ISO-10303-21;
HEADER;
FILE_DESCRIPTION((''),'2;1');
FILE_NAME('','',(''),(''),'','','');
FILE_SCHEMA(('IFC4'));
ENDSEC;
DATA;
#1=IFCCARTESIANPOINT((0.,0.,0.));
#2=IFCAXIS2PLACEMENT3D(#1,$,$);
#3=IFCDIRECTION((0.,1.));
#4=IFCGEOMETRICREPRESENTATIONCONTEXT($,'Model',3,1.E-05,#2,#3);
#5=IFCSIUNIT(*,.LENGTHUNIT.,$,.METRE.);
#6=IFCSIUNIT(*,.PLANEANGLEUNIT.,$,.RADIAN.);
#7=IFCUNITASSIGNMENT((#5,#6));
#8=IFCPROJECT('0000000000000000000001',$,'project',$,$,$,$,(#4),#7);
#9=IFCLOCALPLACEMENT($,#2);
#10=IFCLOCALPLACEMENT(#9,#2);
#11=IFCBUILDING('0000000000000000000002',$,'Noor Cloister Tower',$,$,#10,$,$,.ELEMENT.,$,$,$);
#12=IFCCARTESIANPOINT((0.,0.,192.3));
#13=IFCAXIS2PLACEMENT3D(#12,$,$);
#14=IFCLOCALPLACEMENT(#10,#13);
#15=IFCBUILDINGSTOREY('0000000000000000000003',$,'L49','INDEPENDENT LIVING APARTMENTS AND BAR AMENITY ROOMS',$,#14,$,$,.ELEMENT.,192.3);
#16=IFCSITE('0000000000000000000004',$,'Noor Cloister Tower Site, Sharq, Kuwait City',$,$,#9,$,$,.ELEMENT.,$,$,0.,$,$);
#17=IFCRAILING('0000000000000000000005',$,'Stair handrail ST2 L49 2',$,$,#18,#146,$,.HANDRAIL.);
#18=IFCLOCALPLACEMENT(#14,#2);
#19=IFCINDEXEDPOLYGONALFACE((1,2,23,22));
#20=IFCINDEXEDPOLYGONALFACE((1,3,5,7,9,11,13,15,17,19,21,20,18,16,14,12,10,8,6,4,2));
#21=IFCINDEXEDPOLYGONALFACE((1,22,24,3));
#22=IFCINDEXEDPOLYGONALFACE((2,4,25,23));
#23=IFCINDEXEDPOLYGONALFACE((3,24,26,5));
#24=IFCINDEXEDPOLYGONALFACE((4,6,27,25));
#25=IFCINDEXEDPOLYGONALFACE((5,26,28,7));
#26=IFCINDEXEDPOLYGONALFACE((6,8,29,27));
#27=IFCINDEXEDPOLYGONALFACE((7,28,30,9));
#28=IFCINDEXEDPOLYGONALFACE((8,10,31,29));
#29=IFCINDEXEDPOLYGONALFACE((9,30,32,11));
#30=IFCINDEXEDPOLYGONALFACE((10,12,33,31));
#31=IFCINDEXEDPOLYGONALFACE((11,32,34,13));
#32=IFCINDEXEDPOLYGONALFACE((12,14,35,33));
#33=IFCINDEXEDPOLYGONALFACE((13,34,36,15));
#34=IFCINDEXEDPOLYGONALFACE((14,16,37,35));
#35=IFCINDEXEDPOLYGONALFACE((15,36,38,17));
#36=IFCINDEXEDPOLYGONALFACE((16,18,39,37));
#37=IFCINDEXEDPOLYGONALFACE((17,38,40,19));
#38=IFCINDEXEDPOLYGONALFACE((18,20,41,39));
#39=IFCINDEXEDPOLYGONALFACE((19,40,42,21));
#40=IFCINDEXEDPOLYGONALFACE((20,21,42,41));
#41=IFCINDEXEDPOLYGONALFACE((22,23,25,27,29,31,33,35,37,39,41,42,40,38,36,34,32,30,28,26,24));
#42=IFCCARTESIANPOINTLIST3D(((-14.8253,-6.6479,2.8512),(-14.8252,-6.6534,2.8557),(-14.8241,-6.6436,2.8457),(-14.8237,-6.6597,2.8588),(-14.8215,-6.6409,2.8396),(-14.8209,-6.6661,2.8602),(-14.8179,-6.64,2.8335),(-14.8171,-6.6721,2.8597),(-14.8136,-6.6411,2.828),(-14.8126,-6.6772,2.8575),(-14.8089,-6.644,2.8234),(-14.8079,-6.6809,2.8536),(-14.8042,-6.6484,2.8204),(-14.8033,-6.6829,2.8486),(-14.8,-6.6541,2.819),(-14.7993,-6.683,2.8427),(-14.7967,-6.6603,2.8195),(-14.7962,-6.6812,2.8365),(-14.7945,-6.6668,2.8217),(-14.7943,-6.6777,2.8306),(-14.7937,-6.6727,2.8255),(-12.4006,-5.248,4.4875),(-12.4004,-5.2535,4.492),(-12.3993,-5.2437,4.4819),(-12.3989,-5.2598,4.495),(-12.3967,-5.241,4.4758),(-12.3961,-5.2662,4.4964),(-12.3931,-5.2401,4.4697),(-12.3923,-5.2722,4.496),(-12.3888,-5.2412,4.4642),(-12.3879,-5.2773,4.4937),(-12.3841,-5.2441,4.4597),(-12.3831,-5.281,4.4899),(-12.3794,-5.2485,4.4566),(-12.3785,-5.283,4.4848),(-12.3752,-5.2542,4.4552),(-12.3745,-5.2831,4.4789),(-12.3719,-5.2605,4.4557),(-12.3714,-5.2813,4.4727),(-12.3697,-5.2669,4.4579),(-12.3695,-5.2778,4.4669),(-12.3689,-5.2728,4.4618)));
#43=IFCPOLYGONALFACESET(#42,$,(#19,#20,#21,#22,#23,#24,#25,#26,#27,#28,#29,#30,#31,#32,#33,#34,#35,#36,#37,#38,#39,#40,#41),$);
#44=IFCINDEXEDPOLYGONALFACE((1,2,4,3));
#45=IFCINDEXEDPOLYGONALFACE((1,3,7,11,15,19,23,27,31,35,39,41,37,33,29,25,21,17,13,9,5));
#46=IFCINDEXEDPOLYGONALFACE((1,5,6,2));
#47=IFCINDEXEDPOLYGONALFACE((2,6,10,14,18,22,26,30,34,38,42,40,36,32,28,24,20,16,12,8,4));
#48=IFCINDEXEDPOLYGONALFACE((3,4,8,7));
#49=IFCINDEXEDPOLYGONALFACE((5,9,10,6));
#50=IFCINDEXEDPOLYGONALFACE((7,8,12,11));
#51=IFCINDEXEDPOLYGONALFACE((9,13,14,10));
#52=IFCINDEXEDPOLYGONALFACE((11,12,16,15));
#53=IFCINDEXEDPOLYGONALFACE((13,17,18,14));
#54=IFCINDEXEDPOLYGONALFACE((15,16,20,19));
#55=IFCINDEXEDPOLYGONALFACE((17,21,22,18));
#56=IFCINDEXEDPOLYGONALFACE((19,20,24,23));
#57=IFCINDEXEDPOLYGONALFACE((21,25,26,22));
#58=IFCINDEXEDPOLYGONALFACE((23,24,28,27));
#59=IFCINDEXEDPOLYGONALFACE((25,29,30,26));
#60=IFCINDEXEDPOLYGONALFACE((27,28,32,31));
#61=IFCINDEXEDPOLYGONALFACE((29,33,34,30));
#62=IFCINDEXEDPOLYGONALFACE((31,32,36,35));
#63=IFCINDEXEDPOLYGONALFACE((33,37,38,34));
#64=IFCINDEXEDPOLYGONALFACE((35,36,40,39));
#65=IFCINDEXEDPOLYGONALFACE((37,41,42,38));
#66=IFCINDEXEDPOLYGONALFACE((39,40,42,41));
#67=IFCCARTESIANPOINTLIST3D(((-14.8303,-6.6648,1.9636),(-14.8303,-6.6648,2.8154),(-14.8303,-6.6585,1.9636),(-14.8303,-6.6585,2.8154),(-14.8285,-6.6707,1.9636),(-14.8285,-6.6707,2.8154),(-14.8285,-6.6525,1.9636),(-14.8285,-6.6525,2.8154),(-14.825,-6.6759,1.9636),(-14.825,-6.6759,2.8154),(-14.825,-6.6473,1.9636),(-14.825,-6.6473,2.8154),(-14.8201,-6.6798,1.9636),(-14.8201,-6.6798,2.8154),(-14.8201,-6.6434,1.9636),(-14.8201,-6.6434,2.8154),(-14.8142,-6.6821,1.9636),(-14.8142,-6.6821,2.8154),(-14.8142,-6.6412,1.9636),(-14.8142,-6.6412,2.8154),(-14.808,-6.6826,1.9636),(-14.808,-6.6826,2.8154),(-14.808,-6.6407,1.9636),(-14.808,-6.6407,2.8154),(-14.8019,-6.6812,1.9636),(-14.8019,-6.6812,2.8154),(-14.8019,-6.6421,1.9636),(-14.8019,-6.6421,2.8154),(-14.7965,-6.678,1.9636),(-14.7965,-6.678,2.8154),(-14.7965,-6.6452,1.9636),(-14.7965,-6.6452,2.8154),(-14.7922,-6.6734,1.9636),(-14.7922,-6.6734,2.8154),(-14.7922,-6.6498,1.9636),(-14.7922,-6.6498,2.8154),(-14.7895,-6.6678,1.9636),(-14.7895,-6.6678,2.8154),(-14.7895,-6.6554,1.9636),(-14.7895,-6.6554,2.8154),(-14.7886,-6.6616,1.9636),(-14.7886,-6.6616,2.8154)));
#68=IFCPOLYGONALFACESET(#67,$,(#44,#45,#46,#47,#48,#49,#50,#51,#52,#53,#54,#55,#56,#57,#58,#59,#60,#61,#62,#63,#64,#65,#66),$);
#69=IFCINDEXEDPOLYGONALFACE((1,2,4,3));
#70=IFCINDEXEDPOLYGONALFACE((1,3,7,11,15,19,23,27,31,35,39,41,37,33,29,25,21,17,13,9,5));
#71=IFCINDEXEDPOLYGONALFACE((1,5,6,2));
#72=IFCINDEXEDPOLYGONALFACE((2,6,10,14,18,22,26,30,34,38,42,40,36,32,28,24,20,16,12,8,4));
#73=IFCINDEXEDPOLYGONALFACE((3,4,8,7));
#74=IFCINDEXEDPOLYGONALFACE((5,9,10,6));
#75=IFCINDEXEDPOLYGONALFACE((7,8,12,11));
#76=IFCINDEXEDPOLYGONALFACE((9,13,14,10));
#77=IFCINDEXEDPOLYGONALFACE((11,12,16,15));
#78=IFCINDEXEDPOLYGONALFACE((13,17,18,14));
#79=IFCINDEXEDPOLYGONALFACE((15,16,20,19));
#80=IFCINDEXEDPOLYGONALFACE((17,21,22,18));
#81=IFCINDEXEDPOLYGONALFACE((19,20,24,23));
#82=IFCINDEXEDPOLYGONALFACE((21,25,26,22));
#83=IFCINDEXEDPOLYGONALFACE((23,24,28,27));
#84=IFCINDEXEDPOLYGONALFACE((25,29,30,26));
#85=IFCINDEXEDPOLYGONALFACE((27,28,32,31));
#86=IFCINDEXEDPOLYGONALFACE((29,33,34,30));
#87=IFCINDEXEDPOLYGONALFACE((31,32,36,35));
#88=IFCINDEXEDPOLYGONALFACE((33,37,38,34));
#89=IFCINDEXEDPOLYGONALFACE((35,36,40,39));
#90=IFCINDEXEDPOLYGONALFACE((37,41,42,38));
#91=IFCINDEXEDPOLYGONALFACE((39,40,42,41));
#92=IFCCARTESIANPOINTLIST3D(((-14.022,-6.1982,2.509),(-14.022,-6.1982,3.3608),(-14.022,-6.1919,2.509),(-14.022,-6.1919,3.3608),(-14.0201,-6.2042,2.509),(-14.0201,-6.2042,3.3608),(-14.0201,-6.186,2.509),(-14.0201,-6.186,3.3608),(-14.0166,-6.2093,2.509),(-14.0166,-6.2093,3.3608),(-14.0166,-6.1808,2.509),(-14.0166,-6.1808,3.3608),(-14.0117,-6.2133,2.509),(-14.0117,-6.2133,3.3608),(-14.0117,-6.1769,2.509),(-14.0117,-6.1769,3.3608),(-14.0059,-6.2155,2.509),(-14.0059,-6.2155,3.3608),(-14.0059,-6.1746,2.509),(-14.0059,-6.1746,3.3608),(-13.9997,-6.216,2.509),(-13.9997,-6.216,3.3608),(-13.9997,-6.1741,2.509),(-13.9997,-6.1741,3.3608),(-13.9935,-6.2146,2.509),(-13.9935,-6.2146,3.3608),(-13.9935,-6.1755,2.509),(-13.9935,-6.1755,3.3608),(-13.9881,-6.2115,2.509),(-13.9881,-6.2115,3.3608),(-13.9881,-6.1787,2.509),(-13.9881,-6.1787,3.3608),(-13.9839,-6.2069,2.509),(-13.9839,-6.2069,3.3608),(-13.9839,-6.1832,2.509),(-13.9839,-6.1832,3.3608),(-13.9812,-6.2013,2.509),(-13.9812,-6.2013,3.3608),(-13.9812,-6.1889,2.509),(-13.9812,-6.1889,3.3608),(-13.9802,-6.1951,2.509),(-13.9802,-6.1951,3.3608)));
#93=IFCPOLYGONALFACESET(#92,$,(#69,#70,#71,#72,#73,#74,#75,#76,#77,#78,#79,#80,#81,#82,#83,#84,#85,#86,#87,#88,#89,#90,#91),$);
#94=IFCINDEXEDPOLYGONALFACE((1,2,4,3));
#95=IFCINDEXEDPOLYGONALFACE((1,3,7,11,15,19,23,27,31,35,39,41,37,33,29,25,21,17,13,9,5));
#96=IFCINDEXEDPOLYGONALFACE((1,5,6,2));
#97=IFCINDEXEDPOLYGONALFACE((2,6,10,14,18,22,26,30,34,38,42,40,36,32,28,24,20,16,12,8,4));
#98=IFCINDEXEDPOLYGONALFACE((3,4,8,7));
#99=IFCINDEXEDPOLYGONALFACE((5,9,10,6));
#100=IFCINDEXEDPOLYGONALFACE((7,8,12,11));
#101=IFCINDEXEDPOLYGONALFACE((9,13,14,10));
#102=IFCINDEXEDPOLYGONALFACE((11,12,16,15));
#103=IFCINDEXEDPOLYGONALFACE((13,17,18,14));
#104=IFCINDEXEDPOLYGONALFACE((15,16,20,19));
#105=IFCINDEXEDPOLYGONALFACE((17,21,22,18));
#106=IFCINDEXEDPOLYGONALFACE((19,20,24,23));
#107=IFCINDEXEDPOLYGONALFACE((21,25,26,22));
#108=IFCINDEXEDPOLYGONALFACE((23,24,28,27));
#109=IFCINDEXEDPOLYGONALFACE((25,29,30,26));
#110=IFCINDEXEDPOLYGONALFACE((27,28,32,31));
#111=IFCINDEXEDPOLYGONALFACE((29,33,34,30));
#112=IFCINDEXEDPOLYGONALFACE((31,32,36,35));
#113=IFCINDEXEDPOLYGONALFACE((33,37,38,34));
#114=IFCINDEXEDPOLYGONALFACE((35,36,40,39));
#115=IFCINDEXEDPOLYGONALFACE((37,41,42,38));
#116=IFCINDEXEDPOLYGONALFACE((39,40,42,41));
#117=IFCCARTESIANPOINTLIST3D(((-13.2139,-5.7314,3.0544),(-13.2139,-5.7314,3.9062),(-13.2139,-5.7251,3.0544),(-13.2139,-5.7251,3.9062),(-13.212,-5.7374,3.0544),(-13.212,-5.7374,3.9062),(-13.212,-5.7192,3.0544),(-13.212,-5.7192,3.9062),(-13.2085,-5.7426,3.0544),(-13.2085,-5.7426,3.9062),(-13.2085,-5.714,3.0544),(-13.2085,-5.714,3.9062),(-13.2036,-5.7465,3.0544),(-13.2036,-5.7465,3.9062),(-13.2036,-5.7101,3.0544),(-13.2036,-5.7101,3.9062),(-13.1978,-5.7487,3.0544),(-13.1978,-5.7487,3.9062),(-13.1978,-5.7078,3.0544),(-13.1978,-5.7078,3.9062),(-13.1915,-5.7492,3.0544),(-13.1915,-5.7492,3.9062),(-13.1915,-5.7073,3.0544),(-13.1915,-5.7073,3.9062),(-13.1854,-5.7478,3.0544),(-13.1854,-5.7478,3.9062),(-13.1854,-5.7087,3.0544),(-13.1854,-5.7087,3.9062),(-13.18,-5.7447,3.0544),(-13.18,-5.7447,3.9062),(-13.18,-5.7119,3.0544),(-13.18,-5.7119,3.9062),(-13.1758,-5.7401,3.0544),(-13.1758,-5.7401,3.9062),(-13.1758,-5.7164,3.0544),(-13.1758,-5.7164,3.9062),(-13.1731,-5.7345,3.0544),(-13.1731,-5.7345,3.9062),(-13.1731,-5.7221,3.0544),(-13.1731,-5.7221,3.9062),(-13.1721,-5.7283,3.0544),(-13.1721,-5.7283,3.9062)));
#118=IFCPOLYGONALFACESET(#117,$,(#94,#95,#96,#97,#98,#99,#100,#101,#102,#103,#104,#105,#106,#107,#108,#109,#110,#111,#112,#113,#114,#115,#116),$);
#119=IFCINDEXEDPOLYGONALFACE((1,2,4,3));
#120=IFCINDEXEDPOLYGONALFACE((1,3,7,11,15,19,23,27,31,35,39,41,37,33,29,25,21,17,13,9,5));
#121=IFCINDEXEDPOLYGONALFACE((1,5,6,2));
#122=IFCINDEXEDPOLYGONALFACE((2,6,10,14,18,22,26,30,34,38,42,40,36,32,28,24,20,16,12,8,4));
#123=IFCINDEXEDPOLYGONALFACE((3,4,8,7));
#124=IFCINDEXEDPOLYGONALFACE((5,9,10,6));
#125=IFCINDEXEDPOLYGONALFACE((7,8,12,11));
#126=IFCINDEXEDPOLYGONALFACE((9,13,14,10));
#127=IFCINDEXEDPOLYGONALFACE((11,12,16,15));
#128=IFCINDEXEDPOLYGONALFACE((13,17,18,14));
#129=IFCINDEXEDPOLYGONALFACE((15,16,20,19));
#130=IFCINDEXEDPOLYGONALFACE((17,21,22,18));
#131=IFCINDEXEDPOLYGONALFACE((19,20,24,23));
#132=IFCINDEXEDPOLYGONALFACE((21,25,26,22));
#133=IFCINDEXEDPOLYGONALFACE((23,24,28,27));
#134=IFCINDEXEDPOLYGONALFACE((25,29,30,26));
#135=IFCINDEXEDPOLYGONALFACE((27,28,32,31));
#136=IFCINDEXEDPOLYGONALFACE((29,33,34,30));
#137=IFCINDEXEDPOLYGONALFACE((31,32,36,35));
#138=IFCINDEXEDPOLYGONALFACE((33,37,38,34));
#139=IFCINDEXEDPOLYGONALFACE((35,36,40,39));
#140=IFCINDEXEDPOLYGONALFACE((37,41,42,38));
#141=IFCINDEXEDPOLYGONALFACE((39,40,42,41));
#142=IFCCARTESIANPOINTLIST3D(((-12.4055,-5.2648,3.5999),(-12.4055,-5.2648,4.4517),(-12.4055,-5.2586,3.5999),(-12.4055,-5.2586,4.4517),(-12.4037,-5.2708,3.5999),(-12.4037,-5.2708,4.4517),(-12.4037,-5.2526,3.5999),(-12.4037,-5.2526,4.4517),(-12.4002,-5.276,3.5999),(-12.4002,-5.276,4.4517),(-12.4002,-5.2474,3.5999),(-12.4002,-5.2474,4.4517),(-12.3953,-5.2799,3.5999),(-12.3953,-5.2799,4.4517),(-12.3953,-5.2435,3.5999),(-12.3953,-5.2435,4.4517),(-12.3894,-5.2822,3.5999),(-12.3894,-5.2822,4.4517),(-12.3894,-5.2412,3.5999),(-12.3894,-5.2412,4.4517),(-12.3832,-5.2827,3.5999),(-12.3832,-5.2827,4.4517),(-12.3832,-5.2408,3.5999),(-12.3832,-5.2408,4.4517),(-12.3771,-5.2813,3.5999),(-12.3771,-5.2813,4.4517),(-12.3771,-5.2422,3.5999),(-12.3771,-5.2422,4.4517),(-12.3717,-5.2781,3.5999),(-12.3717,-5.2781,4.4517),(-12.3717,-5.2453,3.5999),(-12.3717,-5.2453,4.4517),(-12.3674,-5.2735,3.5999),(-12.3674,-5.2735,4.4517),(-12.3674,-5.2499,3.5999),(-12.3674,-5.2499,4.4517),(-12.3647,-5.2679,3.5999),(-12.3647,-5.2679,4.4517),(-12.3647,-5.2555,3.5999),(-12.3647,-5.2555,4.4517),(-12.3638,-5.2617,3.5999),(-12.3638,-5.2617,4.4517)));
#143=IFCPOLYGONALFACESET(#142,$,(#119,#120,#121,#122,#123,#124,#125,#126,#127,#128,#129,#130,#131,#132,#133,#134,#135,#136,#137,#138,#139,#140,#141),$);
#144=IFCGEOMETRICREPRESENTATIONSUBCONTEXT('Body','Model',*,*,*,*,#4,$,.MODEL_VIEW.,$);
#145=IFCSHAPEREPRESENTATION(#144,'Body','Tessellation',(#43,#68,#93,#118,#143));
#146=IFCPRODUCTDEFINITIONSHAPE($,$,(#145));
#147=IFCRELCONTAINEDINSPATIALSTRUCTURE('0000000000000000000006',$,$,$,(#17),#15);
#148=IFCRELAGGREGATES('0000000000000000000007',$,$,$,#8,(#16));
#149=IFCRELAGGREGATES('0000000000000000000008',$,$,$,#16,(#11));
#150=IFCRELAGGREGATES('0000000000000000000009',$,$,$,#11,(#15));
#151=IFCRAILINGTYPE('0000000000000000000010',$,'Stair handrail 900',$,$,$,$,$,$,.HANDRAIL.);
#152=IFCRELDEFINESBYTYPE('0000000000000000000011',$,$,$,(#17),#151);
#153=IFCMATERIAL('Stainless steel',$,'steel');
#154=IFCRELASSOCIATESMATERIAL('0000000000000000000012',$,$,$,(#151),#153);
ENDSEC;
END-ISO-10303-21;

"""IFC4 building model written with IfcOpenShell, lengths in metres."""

from ifc_helpers import new_model, si_unit, direction, frame, origin, origin_2d, place, context, subcontext, project, spatial, circle, extrude, material, type_object, element, save


model = new_model("IFC4")

# Units and contexts
model_context = context("Model", 3, precision=1e-05, world=origin(), true_north=direction((0.0, 1.0)))
body_context = subcontext(model_context, "Body", "Model", "MODEL_VIEW")
ifc_project = project(units=[si_unit("LENGTHUNIT", "METRE"), si_unit("PLANEANGLEUNIT", "RADIAN")], contexts=[model_context])

# Site, building, storey
site_placement = place(None, origin())
site = spatial("IfcSite", under=ifc_project, at=site_placement, Name="Noor Cloister Tower Site, Sharq, Kuwait City", CompositionType="ELEMENT", RefElevation=0.0)
building_placement = place(site_placement, origin())
building = spatial("IfcBuilding", under=site, at=building_placement, Name="Noor Cloister Tower", CompositionType="ELEMENT")
storey_placement = place(building_placement, frame((0.0, 0.0, 192.3)))
storey = spatial("IfcBuildingStorey", under=building, at=storey_placement, Name="L49", Description="INDEPENDENT LIVING APARTMENTS AND BAR AMENITY ROOMS", CompositionType="ELEMENT", Elevation=192.3)

# Railing
ifc_material_1 = material(Name="Stainless steel", Category="steel")
railing_type_1 = type_object("IfcRailingType", Name="Stair handrail 900", PredefinedType="HANDRAIL", material=ifc_material_1)
railing_1_placement = place(storey_placement, frame((-14.8096, -6.6616, 1.9636)))
element("IfcRailing", 1, at=railing_1_placement, inside=storey, type_object=railing_type_1, Name="Stair handrail ST2 L49 2", PredefinedType="HANDRAIL", context=body_context, shape_type="SweptSolid", body=[
    extrude(circle(Radius=0.0239, at=origin_2d()), frame((0.0, 0.0, 0.876), z_axis=(0.747718, 0.431677, 0.504552), x_axis=(-0.499984, 0.866035, 0.0)), (0.0, 0.0, 1.0), 3.2429),
    extrude(circle(Radius=0.021, at=origin_2d()), origin(), (0.0, 0.0, 1.0), 0.8518),
    extrude(circle(Radius=0.021, at=origin_2d()), frame((0.8083, 0.4666, 0.5454)), (0.0, 0.0, 1.0), 0.8518),
    extrude(circle(Radius=0.021, at=origin_2d()), frame((1.6165, 0.9333, 1.0908)), (0.0, 0.0, 1.0), 0.8518),
    extrude(circle(Radius=0.021, at=origin_2d()), frame((2.4248, 1.3999, 1.6362)), (0.0, 0.0, 1.0), 0.8518),
])

save(model, "model.ifc")
